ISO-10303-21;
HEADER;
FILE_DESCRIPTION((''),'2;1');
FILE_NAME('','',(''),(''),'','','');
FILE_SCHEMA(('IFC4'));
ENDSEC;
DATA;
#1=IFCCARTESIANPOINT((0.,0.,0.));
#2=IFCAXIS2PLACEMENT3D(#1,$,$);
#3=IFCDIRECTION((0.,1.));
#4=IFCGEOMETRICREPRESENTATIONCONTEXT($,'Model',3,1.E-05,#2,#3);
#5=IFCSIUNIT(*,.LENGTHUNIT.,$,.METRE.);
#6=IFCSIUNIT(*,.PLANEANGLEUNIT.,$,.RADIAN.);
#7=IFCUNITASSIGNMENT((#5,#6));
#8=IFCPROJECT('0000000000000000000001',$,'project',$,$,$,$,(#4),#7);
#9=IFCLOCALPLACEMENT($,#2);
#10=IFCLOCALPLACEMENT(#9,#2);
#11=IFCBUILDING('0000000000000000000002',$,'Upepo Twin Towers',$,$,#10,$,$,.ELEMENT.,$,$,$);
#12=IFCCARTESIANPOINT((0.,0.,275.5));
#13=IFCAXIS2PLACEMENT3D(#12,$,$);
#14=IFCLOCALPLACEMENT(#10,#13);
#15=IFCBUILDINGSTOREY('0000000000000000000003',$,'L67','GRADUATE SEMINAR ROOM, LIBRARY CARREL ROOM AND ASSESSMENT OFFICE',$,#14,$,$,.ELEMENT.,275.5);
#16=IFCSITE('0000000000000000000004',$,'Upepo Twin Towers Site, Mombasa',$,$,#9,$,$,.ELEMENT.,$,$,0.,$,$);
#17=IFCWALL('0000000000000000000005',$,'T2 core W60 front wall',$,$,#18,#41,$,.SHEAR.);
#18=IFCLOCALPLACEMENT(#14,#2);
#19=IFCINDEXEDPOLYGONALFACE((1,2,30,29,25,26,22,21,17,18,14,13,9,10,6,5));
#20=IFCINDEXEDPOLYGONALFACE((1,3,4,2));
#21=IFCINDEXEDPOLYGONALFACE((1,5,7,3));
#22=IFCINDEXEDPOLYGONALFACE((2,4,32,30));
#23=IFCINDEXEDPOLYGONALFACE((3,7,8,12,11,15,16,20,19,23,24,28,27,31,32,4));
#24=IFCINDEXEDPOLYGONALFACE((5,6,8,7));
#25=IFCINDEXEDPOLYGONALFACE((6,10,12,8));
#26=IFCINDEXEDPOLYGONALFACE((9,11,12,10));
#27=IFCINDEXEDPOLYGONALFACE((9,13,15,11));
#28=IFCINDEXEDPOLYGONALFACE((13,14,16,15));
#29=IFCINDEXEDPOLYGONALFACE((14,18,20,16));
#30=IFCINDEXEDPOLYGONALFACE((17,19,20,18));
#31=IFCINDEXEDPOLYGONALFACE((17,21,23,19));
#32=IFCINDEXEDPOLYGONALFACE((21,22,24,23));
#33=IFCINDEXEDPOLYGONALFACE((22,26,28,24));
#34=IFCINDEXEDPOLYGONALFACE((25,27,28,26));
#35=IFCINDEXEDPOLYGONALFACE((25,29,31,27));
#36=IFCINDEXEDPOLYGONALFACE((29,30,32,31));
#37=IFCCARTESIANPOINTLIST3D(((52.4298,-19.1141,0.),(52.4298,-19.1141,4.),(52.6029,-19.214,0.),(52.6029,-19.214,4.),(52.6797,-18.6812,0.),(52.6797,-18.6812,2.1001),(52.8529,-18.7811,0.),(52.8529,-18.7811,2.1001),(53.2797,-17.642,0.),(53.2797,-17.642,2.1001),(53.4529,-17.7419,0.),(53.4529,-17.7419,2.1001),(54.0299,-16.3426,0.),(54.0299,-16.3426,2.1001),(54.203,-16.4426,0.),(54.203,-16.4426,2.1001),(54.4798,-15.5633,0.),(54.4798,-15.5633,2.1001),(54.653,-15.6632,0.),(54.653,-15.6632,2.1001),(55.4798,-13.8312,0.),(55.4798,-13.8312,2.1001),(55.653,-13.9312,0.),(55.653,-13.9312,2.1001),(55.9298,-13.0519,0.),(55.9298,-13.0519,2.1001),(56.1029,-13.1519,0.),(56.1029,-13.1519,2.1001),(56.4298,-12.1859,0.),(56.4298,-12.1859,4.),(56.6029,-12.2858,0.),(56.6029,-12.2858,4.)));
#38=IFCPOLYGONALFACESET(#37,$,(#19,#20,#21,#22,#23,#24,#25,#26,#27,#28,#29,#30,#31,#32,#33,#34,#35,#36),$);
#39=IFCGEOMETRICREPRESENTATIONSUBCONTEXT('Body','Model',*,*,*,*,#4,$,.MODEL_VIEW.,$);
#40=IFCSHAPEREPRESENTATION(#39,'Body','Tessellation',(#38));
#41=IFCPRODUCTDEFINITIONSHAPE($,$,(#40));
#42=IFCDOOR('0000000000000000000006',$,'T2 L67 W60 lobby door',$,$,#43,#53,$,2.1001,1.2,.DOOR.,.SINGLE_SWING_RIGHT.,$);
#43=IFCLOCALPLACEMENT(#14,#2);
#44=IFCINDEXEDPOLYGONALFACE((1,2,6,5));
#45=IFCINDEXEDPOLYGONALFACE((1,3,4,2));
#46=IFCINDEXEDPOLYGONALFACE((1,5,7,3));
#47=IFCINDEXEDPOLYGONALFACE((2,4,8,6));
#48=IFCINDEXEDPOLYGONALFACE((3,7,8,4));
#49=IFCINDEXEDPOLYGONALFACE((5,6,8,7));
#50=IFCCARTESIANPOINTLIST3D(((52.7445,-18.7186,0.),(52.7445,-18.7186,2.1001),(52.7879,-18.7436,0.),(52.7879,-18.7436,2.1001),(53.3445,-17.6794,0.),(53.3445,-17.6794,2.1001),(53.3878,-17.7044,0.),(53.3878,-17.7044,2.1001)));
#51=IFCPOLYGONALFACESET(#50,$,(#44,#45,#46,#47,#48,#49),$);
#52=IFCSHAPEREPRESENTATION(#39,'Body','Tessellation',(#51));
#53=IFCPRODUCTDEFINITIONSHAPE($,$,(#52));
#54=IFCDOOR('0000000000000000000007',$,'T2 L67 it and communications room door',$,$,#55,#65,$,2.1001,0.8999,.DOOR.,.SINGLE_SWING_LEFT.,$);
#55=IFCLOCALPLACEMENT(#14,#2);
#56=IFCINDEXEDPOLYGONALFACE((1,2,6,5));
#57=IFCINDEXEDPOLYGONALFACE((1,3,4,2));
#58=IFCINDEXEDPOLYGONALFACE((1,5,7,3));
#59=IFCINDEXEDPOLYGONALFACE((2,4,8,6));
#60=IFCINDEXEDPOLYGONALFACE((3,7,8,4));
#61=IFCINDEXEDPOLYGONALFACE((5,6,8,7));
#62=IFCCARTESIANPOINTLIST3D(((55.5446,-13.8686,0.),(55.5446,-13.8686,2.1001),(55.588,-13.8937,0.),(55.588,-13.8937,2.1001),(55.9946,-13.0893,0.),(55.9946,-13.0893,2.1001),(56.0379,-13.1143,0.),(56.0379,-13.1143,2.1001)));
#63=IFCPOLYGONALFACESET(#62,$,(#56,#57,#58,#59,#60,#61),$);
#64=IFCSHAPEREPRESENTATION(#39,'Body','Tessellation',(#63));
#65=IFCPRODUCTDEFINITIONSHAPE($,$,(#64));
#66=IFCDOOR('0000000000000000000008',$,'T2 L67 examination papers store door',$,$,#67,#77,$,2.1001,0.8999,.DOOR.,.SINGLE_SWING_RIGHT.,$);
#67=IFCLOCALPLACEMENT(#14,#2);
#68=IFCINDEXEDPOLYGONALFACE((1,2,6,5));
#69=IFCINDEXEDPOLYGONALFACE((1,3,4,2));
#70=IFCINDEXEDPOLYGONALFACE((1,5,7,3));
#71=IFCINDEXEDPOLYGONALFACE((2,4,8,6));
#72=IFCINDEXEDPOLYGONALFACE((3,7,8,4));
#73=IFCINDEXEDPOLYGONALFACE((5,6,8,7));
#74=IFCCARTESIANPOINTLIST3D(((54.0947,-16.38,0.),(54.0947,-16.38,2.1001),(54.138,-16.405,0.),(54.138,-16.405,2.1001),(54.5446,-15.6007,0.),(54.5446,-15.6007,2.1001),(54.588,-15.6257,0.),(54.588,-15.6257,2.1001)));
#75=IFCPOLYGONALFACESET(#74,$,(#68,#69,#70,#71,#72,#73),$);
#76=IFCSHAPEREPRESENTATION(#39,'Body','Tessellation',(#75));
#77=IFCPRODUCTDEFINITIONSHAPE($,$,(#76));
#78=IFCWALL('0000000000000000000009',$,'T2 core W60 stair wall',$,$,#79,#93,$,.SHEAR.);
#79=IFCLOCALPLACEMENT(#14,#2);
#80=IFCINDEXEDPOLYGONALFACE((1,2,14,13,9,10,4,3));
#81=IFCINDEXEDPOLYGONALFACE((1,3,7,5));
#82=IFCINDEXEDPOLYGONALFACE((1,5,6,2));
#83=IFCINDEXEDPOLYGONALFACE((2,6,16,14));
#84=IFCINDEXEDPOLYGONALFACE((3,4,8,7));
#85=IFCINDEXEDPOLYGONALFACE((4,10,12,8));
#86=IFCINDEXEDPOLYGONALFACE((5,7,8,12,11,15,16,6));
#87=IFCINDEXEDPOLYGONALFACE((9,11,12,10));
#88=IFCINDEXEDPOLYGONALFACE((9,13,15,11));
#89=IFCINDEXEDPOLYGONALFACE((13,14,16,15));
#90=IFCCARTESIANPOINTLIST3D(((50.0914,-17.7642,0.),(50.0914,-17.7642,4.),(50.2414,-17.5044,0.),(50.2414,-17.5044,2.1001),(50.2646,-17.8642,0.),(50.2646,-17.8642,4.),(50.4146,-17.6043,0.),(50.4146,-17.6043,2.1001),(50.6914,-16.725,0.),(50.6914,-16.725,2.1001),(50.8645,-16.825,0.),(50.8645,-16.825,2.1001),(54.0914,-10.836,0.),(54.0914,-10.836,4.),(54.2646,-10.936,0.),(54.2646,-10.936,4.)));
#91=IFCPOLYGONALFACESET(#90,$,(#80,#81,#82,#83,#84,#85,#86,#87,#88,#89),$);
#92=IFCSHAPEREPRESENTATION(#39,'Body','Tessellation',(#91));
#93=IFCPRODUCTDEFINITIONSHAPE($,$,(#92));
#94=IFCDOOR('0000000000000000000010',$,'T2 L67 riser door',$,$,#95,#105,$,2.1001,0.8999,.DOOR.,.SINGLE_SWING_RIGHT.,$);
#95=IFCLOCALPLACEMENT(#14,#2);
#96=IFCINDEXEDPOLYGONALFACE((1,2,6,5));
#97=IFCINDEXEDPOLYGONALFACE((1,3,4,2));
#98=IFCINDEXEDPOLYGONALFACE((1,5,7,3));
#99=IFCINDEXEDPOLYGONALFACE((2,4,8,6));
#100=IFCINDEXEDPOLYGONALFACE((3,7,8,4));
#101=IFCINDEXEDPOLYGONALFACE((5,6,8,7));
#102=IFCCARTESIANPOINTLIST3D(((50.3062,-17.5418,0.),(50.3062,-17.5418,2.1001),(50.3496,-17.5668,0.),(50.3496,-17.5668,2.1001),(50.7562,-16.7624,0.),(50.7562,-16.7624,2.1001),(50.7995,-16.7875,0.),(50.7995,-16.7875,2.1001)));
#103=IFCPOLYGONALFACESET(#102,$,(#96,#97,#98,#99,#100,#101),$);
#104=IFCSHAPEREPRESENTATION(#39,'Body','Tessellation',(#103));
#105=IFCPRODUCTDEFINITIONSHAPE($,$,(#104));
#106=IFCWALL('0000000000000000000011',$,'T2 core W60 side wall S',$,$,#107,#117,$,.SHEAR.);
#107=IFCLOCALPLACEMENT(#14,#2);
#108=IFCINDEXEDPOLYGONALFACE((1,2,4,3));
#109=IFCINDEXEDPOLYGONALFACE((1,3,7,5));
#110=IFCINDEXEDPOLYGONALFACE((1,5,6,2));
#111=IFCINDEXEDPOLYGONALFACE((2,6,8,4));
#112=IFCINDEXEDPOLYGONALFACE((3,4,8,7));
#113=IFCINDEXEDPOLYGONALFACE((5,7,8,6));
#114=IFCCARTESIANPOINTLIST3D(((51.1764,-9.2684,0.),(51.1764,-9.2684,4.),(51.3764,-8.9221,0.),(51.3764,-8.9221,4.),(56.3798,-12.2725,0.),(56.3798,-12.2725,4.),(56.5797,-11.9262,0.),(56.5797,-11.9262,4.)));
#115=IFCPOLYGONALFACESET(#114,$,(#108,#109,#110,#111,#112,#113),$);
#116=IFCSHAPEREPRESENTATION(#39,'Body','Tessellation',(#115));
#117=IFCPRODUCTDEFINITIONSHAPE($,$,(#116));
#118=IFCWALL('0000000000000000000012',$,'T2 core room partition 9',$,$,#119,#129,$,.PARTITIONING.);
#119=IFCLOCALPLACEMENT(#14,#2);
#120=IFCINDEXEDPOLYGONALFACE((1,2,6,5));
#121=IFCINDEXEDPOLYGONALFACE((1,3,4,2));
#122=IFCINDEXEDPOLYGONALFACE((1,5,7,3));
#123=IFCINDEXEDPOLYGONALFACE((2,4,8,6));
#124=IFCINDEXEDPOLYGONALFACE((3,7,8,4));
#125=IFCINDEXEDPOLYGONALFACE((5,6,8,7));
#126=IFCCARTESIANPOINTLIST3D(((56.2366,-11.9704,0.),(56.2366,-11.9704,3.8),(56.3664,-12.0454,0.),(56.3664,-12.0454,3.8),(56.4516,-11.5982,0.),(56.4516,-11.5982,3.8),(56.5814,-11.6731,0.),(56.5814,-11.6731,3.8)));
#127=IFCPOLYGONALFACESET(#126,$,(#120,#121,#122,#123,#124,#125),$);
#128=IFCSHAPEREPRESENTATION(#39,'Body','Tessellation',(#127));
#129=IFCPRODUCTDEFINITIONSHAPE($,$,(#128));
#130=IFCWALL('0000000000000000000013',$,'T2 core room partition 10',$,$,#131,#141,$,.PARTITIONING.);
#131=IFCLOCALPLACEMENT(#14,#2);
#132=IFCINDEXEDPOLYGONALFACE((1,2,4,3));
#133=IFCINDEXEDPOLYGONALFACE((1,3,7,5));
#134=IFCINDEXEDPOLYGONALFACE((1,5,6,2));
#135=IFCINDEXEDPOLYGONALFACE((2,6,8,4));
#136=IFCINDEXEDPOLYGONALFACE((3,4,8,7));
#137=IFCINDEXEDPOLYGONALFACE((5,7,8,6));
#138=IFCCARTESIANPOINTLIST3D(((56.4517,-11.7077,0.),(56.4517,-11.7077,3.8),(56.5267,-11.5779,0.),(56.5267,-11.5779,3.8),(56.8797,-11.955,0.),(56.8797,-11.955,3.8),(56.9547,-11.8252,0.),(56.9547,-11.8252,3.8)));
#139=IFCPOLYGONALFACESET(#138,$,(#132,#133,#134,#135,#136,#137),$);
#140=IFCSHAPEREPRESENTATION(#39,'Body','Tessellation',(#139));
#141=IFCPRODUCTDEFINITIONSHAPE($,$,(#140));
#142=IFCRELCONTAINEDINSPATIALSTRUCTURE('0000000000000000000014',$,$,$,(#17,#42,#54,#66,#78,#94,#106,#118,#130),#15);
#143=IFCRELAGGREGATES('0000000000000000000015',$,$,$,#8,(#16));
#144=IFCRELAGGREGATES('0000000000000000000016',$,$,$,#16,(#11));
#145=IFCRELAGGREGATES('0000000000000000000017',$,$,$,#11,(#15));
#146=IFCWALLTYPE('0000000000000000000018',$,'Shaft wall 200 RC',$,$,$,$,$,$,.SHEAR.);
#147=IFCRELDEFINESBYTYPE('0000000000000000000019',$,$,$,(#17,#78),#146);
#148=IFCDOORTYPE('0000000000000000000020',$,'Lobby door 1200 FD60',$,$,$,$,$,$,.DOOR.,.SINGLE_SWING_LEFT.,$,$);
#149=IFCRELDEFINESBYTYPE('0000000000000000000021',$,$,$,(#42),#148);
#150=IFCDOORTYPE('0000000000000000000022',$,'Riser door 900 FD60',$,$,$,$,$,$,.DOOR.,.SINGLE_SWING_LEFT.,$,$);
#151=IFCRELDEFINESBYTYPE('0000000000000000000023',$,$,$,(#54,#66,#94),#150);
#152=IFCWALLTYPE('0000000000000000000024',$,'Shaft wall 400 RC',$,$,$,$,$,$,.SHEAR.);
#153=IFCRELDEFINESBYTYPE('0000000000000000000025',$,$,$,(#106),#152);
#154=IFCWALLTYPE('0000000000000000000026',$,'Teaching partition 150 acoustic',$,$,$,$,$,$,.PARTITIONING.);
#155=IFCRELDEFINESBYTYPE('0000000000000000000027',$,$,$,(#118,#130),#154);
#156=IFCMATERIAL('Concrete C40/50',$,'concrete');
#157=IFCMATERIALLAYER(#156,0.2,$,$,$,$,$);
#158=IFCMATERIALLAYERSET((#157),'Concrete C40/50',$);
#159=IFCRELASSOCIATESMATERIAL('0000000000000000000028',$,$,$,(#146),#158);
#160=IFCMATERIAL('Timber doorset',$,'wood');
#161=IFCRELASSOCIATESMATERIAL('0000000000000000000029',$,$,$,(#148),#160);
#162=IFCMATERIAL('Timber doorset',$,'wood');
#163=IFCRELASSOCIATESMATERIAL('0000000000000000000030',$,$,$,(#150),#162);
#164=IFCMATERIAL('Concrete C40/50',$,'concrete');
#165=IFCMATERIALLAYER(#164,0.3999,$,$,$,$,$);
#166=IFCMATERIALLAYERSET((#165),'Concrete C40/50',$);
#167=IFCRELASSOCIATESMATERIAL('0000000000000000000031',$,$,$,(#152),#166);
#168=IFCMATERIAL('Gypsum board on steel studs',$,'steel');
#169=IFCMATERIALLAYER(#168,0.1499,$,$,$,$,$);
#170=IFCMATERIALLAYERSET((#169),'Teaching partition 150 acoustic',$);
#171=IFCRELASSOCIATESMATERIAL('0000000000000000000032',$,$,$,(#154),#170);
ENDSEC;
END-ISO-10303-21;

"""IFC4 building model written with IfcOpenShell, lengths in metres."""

from ifc_helpers import new_model, si_unit, direction, frame, frame_2d, origin, place, context, subcontext, project, spatial, rectangle, extrude, material, layer, layer_set, type_object, element, fill, save


model = new_model("IFC4")

# Units and contexts
model_context = context("Model", 3, precision=1e-05, world=origin(), true_north=direction((0.0, 1.0)))
body_context = subcontext(model_context, "Body", "Model", "MODEL_VIEW")
ifc_project = project(units=[si_unit("LENGTHUNIT", "METRE"), si_unit("PLANEANGLEUNIT", "RADIAN")], contexts=[model_context])

# Site, building, storey
site_placement = place(None, origin())
site = spatial("IfcSite", under=ifc_project, at=site_placement, Name="Upepo Twin Towers Site, Mombasa", CompositionType="ELEMENT", RefElevation=0.0)
building_placement = place(site_placement, origin())
building = spatial("IfcBuilding", under=site, at=building_placement, Name="Upepo Twin Towers", CompositionType="ELEMENT")
storey_placement = place(building_placement, frame((0.0, 0.0, 275.5)))
storey = spatial("IfcBuildingStorey", under=building, at=storey_placement, Name="L67", Description="GRADUATE SEMINAR ROOM, LIBRARY CARREL ROOM AND ASSESSMENT OFFICE", CompositionType="ELEMENT", Elevation=275.5)

# Wall, openings, doors
ifc_material_1 = material(Name="Concrete C40/50", Category="concrete")
ifc_layer_1 = layer(ifc_material_1, 0.2)
ifc_layer_set_1 = layer_set([ifc_layer_1], Name="Concrete C40/50")
wall_type_1 = type_object("IfcWallType", Name="Shaft wall 200 RC", PredefinedType="SHEAR", material=ifc_layer_set_1)
wall_1_placement = place(storey_placement, frame((56.5164, -12.2358, 0.0), z_axis=(0.0, 0.0, 1.0), x_axis=(-0.499999, -0.866026, 0.0)))
wall_1 = element("IfcWall", 1, at=wall_1_placement, inside=storey, type_object=wall_type_1, Name="T2 core W60 front wall", PredefinedType="SHEAR", context=body_context, shape_type="SweptSolid", body=[
    extrude(rectangle(XDim=8.0, YDim=0.2, at=frame_2d((4.0, 0.0))), origin(), (0.0, 0.0, 1.0), 4.0),
])
opening_1_placement = place(wall_1_placement, frame((6.3, 0.0, 0.0)))
opening_1 = element("IfcOpeningElement", 2, at=opening_1_placement, cuts=wall_1, PredefinedType="OPENING", context=body_context, shape_type="SweptSolid", body=[
    extrude(rectangle(XDim=1.2, YDim=2.1001, at=frame_2d((0.6001, 1.05))), frame((0.0, 0.1099, 0.0), z_axis=(0.0, -1.0, 0.0), x_axis=(1.0, 0.0, 0.0)), (0.0, 0.0, 1.0), 0.22),
])
opening_2_placement = place(wall_1_placement, frame((1.0, 0.0, 0.0)))
opening_2 = element("IfcOpeningElement", 3, at=opening_2_placement, cuts=wall_1, PredefinedType="OPENING", context=body_context, shape_type="SweptSolid", body=[
    extrude(rectangle(XDim=0.8999, YDim=2.1001, at=frame_2d((0.45, 1.05))), frame((0.0, 0.1099, 0.0), z_axis=(0.0, -1.0, 0.0), x_axis=(1.0, 0.0, 0.0)), (0.0, 0.0, 1.0), 0.22),
])
opening_3_placement = place(wall_1_placement, frame((3.8999, 0.0, 0.0)))
opening_3 = element("IfcOpeningElement", 4, at=opening_3_placement, cuts=wall_1, PredefinedType="OPENING", context=body_context, shape_type="SweptSolid", body=[
    extrude(rectangle(XDim=0.8999, YDim=2.1001, at=frame_2d((0.45, 1.05))), frame((0.0, 0.1099, 0.0), z_axis=(0.0, -1.0, 0.0), x_axis=(1.0, 0.0, 0.0)), (0.0, 0.0, 1.0), 0.22),
])
ifc_material_2 = material(Name="Timber doorset", Category="wood")
door_type_1 = type_object("IfcDoorType", Name="Lobby door 1200 FD60", OperationType="SINGLE_SWING_LEFT", PredefinedType="DOOR", material=ifc_material_2)
door_1_placement = place(opening_1_placement, origin())
door_1 = element("IfcDoor", 5, at=door_1_placement, inside=storey, type_object=door_type_1, Name="T2 L67 W60 lobby door", OperationType="SINGLE_SWING_RIGHT", OverallHeight=2.1001, OverallWidth=1.2, PredefinedType="DOOR", context=body_context, shape_type="SweptSolid", body=[
    extrude(rectangle(XDim=1.2, YDim=2.1001, at=frame_2d((0.6001, 1.05))), frame((0.0, 0.0249, 0.0), z_axis=(0.0, -1.0, 0.0), x_axis=(1.0, 0.0, 0.0)), (0.0, 0.0, 1.0), 0.05),
])
fill(opening_1, door_1)
ifc_material_3 = material(Name="Timber doorset", Category="wood")
door_type_2 = type_object("IfcDoorType", Name="Riser door 900 FD60", OperationType="SINGLE_SWING_LEFT", PredefinedType="DOOR", material=ifc_material_3)
door_2_placement = place(opening_2_placement, origin())
door_2 = element("IfcDoor", 6, at=door_2_placement, inside=storey, type_object=door_type_2, Name="T2 L67 it and communications room door", OperationType="SINGLE_SWING_LEFT", OverallHeight=2.1001, OverallWidth=0.8999, PredefinedType="DOOR", context=body_context, shape_type="SweptSolid", body=[
    extrude(rectangle(XDim=0.8999, YDim=2.1001, at=frame_2d((0.45, 1.05))), frame((0.0, 0.0249, 0.0), z_axis=(0.0, -1.0, 0.0), x_axis=(1.0, 0.0, 0.0)), (0.0, 0.0, 1.0), 0.05),
])
fill(opening_2, door_2)
door_3_placement = place(opening_3_placement, origin())
door_3 = element("IfcDoor", 7, at=door_3_placement, inside=storey, type_object=door_type_2, Name="T2 L67 examination papers store door", OperationType="SINGLE_SWING_RIGHT", OverallHeight=2.1001, OverallWidth=0.8999, PredefinedType="DOOR", context=body_context, shape_type="SweptSolid", body=[
    extrude(rectangle(XDim=0.8999, YDim=2.1001, at=frame_2d((0.45, 1.05))), frame((0.0, 0.0249, 0.0), z_axis=(0.0, -1.0, 0.0), x_axis=(1.0, 0.0, 0.0)), (0.0, 0.0, 1.0), 0.05),
])
fill(opening_3, door_3)

# Wall, opening, door
wall_2_placement = place(storey_placement, frame((54.178, -10.886, 0.0), z_axis=(0.0, 0.0, 1.0), x_axis=(-0.499999, -0.866026, 0.0)))
wall_2 = element("IfcWall", 8, at=wall_2_placement, inside=storey, type_object=wall_type_1, Name="T2 core W60 stair wall", PredefinedType="SHEAR", context=body_context, shape_type="SweptSolid", body=[
    extrude(rectangle(XDim=8.0, YDim=0.2, at=frame_2d((4.0, 0.0))), origin(), (0.0, 0.0, 1.0), 4.0),
])
opening_4_placement = place(wall_2_placement, frame((6.8, 0.0, 0.0)))
opening_4 = element("IfcOpeningElement", 9, at=opening_4_placement, cuts=wall_2, PredefinedType="OPENING", context=body_context, shape_type="SweptSolid", body=[
    extrude(rectangle(XDim=0.8999, YDim=2.1001, at=frame_2d((0.45, 1.05))), frame((0.0, 0.1099, 0.0), z_axis=(0.0, -1.0, 0.0), x_axis=(1.0, 0.0, 0.0)), (0.0, 0.0, 1.0), 0.22),
])
door_4_placement = place(opening_4_placement, origin())
door_4 = element("IfcDoor", 10, at=door_4_placement, inside=storey, type_object=door_type_2, Name="T2 L67 riser door", OperationType="SINGLE_SWING_RIGHT", OverallHeight=2.1001, OverallWidth=0.8999, PredefinedType="DOOR", context=body_context, shape_type="SweptSolid", body=[
    extrude(rectangle(XDim=0.8999, YDim=2.1001, at=frame_2d((0.45, 1.05))), frame((0.0, 0.0249, 0.0), z_axis=(0.0, -1.0, 0.0), x_axis=(1.0, 0.0, 0.0)), (0.0, 0.0, 1.0), 0.05),
])
fill(opening_4, door_4)

# Walls
ifc_material_4 = material(Name="Concrete C40/50", Category="concrete")
ifc_layer_2 = layer(ifc_material_4, 0.3999)
ifc_layer_set_2 = layer_set([ifc_layer_2], Name="Concrete C40/50")
wall_type_2 = type_object("IfcWallType", Name="Shaft wall 400 RC", PredefinedType="SHEAR", material=ifc_layer_set_2)
wall_3_placement = place(storey_placement, frame((56.4797, -12.0994, 0.0), z_axis=(0.0, 0.0, 1.0), x_axis=(-0.866027, 0.499998, 0.0)))
element("IfcWall", 11, at=wall_3_placement, inside=storey, type_object=wall_type_2, Name="T2 core W60 side wall S", PredefinedType="SHEAR", context=body_context, shape_type="SweptSolid", body=[
    extrude(rectangle(XDim=6.0083, YDim=0.3999, at=frame_2d((3.0042, 0.0))), origin(), (0.0, 0.0, 1.0), 4.0),
])
ifc_material_5 = material(Name="Gypsum board on steel studs", Category="steel")
ifc_layer_3 = layer(ifc_material_5, 0.1499)
ifc_layer_set_3 = layer_set([ifc_layer_3], Name="Teaching partition 150 acoustic")
wall_type_3 = type_object("IfcWallType", Name="Teaching partition 150 acoustic", PredefinedType="PARTITIONING", material=ifc_layer_set_3)
wall_4_placement = place(storey_placement, frame((56.3015, -12.0078, 0.0), z_axis=(0.0, 0.0, 1.0), x_axis=(0.50023, 0.865892, 0.0)))
element("IfcWall", 12, at=wall_4_placement, inside=storey, type_object=wall_type_3, Name="T2 core room partition 9", PredefinedType="PARTITIONING", context=body_context, shape_type="SweptSolid", body=[
    extrude(rectangle(XDim=0.4299, YDim=0.1499, at=frame_2d((0.2148, 0.0))), origin(), (0.0, 0.0, 1.0), 3.8),
])
wall_5_placement = place(storey_placement, frame((56.4893, -11.6428, 0.0), z_axis=(0.0, 0.0, 1.0), x_axis=(0.865832, -0.500335, 0.0)))
element("IfcWall", 13, at=wall_5_placement, inside=storey, type_object=wall_type_3, Name="T2 core room partition 10", PredefinedType="PARTITIONING", context=body_context, shape_type="SweptSolid", body=[
    extrude(rectangle(XDim=0.4944, YDim=0.1499, at=frame_2d((0.2471, 0.0))), origin(), (0.0, 0.0, 1.0), 3.8),
])

save(model, "model.ifc")
